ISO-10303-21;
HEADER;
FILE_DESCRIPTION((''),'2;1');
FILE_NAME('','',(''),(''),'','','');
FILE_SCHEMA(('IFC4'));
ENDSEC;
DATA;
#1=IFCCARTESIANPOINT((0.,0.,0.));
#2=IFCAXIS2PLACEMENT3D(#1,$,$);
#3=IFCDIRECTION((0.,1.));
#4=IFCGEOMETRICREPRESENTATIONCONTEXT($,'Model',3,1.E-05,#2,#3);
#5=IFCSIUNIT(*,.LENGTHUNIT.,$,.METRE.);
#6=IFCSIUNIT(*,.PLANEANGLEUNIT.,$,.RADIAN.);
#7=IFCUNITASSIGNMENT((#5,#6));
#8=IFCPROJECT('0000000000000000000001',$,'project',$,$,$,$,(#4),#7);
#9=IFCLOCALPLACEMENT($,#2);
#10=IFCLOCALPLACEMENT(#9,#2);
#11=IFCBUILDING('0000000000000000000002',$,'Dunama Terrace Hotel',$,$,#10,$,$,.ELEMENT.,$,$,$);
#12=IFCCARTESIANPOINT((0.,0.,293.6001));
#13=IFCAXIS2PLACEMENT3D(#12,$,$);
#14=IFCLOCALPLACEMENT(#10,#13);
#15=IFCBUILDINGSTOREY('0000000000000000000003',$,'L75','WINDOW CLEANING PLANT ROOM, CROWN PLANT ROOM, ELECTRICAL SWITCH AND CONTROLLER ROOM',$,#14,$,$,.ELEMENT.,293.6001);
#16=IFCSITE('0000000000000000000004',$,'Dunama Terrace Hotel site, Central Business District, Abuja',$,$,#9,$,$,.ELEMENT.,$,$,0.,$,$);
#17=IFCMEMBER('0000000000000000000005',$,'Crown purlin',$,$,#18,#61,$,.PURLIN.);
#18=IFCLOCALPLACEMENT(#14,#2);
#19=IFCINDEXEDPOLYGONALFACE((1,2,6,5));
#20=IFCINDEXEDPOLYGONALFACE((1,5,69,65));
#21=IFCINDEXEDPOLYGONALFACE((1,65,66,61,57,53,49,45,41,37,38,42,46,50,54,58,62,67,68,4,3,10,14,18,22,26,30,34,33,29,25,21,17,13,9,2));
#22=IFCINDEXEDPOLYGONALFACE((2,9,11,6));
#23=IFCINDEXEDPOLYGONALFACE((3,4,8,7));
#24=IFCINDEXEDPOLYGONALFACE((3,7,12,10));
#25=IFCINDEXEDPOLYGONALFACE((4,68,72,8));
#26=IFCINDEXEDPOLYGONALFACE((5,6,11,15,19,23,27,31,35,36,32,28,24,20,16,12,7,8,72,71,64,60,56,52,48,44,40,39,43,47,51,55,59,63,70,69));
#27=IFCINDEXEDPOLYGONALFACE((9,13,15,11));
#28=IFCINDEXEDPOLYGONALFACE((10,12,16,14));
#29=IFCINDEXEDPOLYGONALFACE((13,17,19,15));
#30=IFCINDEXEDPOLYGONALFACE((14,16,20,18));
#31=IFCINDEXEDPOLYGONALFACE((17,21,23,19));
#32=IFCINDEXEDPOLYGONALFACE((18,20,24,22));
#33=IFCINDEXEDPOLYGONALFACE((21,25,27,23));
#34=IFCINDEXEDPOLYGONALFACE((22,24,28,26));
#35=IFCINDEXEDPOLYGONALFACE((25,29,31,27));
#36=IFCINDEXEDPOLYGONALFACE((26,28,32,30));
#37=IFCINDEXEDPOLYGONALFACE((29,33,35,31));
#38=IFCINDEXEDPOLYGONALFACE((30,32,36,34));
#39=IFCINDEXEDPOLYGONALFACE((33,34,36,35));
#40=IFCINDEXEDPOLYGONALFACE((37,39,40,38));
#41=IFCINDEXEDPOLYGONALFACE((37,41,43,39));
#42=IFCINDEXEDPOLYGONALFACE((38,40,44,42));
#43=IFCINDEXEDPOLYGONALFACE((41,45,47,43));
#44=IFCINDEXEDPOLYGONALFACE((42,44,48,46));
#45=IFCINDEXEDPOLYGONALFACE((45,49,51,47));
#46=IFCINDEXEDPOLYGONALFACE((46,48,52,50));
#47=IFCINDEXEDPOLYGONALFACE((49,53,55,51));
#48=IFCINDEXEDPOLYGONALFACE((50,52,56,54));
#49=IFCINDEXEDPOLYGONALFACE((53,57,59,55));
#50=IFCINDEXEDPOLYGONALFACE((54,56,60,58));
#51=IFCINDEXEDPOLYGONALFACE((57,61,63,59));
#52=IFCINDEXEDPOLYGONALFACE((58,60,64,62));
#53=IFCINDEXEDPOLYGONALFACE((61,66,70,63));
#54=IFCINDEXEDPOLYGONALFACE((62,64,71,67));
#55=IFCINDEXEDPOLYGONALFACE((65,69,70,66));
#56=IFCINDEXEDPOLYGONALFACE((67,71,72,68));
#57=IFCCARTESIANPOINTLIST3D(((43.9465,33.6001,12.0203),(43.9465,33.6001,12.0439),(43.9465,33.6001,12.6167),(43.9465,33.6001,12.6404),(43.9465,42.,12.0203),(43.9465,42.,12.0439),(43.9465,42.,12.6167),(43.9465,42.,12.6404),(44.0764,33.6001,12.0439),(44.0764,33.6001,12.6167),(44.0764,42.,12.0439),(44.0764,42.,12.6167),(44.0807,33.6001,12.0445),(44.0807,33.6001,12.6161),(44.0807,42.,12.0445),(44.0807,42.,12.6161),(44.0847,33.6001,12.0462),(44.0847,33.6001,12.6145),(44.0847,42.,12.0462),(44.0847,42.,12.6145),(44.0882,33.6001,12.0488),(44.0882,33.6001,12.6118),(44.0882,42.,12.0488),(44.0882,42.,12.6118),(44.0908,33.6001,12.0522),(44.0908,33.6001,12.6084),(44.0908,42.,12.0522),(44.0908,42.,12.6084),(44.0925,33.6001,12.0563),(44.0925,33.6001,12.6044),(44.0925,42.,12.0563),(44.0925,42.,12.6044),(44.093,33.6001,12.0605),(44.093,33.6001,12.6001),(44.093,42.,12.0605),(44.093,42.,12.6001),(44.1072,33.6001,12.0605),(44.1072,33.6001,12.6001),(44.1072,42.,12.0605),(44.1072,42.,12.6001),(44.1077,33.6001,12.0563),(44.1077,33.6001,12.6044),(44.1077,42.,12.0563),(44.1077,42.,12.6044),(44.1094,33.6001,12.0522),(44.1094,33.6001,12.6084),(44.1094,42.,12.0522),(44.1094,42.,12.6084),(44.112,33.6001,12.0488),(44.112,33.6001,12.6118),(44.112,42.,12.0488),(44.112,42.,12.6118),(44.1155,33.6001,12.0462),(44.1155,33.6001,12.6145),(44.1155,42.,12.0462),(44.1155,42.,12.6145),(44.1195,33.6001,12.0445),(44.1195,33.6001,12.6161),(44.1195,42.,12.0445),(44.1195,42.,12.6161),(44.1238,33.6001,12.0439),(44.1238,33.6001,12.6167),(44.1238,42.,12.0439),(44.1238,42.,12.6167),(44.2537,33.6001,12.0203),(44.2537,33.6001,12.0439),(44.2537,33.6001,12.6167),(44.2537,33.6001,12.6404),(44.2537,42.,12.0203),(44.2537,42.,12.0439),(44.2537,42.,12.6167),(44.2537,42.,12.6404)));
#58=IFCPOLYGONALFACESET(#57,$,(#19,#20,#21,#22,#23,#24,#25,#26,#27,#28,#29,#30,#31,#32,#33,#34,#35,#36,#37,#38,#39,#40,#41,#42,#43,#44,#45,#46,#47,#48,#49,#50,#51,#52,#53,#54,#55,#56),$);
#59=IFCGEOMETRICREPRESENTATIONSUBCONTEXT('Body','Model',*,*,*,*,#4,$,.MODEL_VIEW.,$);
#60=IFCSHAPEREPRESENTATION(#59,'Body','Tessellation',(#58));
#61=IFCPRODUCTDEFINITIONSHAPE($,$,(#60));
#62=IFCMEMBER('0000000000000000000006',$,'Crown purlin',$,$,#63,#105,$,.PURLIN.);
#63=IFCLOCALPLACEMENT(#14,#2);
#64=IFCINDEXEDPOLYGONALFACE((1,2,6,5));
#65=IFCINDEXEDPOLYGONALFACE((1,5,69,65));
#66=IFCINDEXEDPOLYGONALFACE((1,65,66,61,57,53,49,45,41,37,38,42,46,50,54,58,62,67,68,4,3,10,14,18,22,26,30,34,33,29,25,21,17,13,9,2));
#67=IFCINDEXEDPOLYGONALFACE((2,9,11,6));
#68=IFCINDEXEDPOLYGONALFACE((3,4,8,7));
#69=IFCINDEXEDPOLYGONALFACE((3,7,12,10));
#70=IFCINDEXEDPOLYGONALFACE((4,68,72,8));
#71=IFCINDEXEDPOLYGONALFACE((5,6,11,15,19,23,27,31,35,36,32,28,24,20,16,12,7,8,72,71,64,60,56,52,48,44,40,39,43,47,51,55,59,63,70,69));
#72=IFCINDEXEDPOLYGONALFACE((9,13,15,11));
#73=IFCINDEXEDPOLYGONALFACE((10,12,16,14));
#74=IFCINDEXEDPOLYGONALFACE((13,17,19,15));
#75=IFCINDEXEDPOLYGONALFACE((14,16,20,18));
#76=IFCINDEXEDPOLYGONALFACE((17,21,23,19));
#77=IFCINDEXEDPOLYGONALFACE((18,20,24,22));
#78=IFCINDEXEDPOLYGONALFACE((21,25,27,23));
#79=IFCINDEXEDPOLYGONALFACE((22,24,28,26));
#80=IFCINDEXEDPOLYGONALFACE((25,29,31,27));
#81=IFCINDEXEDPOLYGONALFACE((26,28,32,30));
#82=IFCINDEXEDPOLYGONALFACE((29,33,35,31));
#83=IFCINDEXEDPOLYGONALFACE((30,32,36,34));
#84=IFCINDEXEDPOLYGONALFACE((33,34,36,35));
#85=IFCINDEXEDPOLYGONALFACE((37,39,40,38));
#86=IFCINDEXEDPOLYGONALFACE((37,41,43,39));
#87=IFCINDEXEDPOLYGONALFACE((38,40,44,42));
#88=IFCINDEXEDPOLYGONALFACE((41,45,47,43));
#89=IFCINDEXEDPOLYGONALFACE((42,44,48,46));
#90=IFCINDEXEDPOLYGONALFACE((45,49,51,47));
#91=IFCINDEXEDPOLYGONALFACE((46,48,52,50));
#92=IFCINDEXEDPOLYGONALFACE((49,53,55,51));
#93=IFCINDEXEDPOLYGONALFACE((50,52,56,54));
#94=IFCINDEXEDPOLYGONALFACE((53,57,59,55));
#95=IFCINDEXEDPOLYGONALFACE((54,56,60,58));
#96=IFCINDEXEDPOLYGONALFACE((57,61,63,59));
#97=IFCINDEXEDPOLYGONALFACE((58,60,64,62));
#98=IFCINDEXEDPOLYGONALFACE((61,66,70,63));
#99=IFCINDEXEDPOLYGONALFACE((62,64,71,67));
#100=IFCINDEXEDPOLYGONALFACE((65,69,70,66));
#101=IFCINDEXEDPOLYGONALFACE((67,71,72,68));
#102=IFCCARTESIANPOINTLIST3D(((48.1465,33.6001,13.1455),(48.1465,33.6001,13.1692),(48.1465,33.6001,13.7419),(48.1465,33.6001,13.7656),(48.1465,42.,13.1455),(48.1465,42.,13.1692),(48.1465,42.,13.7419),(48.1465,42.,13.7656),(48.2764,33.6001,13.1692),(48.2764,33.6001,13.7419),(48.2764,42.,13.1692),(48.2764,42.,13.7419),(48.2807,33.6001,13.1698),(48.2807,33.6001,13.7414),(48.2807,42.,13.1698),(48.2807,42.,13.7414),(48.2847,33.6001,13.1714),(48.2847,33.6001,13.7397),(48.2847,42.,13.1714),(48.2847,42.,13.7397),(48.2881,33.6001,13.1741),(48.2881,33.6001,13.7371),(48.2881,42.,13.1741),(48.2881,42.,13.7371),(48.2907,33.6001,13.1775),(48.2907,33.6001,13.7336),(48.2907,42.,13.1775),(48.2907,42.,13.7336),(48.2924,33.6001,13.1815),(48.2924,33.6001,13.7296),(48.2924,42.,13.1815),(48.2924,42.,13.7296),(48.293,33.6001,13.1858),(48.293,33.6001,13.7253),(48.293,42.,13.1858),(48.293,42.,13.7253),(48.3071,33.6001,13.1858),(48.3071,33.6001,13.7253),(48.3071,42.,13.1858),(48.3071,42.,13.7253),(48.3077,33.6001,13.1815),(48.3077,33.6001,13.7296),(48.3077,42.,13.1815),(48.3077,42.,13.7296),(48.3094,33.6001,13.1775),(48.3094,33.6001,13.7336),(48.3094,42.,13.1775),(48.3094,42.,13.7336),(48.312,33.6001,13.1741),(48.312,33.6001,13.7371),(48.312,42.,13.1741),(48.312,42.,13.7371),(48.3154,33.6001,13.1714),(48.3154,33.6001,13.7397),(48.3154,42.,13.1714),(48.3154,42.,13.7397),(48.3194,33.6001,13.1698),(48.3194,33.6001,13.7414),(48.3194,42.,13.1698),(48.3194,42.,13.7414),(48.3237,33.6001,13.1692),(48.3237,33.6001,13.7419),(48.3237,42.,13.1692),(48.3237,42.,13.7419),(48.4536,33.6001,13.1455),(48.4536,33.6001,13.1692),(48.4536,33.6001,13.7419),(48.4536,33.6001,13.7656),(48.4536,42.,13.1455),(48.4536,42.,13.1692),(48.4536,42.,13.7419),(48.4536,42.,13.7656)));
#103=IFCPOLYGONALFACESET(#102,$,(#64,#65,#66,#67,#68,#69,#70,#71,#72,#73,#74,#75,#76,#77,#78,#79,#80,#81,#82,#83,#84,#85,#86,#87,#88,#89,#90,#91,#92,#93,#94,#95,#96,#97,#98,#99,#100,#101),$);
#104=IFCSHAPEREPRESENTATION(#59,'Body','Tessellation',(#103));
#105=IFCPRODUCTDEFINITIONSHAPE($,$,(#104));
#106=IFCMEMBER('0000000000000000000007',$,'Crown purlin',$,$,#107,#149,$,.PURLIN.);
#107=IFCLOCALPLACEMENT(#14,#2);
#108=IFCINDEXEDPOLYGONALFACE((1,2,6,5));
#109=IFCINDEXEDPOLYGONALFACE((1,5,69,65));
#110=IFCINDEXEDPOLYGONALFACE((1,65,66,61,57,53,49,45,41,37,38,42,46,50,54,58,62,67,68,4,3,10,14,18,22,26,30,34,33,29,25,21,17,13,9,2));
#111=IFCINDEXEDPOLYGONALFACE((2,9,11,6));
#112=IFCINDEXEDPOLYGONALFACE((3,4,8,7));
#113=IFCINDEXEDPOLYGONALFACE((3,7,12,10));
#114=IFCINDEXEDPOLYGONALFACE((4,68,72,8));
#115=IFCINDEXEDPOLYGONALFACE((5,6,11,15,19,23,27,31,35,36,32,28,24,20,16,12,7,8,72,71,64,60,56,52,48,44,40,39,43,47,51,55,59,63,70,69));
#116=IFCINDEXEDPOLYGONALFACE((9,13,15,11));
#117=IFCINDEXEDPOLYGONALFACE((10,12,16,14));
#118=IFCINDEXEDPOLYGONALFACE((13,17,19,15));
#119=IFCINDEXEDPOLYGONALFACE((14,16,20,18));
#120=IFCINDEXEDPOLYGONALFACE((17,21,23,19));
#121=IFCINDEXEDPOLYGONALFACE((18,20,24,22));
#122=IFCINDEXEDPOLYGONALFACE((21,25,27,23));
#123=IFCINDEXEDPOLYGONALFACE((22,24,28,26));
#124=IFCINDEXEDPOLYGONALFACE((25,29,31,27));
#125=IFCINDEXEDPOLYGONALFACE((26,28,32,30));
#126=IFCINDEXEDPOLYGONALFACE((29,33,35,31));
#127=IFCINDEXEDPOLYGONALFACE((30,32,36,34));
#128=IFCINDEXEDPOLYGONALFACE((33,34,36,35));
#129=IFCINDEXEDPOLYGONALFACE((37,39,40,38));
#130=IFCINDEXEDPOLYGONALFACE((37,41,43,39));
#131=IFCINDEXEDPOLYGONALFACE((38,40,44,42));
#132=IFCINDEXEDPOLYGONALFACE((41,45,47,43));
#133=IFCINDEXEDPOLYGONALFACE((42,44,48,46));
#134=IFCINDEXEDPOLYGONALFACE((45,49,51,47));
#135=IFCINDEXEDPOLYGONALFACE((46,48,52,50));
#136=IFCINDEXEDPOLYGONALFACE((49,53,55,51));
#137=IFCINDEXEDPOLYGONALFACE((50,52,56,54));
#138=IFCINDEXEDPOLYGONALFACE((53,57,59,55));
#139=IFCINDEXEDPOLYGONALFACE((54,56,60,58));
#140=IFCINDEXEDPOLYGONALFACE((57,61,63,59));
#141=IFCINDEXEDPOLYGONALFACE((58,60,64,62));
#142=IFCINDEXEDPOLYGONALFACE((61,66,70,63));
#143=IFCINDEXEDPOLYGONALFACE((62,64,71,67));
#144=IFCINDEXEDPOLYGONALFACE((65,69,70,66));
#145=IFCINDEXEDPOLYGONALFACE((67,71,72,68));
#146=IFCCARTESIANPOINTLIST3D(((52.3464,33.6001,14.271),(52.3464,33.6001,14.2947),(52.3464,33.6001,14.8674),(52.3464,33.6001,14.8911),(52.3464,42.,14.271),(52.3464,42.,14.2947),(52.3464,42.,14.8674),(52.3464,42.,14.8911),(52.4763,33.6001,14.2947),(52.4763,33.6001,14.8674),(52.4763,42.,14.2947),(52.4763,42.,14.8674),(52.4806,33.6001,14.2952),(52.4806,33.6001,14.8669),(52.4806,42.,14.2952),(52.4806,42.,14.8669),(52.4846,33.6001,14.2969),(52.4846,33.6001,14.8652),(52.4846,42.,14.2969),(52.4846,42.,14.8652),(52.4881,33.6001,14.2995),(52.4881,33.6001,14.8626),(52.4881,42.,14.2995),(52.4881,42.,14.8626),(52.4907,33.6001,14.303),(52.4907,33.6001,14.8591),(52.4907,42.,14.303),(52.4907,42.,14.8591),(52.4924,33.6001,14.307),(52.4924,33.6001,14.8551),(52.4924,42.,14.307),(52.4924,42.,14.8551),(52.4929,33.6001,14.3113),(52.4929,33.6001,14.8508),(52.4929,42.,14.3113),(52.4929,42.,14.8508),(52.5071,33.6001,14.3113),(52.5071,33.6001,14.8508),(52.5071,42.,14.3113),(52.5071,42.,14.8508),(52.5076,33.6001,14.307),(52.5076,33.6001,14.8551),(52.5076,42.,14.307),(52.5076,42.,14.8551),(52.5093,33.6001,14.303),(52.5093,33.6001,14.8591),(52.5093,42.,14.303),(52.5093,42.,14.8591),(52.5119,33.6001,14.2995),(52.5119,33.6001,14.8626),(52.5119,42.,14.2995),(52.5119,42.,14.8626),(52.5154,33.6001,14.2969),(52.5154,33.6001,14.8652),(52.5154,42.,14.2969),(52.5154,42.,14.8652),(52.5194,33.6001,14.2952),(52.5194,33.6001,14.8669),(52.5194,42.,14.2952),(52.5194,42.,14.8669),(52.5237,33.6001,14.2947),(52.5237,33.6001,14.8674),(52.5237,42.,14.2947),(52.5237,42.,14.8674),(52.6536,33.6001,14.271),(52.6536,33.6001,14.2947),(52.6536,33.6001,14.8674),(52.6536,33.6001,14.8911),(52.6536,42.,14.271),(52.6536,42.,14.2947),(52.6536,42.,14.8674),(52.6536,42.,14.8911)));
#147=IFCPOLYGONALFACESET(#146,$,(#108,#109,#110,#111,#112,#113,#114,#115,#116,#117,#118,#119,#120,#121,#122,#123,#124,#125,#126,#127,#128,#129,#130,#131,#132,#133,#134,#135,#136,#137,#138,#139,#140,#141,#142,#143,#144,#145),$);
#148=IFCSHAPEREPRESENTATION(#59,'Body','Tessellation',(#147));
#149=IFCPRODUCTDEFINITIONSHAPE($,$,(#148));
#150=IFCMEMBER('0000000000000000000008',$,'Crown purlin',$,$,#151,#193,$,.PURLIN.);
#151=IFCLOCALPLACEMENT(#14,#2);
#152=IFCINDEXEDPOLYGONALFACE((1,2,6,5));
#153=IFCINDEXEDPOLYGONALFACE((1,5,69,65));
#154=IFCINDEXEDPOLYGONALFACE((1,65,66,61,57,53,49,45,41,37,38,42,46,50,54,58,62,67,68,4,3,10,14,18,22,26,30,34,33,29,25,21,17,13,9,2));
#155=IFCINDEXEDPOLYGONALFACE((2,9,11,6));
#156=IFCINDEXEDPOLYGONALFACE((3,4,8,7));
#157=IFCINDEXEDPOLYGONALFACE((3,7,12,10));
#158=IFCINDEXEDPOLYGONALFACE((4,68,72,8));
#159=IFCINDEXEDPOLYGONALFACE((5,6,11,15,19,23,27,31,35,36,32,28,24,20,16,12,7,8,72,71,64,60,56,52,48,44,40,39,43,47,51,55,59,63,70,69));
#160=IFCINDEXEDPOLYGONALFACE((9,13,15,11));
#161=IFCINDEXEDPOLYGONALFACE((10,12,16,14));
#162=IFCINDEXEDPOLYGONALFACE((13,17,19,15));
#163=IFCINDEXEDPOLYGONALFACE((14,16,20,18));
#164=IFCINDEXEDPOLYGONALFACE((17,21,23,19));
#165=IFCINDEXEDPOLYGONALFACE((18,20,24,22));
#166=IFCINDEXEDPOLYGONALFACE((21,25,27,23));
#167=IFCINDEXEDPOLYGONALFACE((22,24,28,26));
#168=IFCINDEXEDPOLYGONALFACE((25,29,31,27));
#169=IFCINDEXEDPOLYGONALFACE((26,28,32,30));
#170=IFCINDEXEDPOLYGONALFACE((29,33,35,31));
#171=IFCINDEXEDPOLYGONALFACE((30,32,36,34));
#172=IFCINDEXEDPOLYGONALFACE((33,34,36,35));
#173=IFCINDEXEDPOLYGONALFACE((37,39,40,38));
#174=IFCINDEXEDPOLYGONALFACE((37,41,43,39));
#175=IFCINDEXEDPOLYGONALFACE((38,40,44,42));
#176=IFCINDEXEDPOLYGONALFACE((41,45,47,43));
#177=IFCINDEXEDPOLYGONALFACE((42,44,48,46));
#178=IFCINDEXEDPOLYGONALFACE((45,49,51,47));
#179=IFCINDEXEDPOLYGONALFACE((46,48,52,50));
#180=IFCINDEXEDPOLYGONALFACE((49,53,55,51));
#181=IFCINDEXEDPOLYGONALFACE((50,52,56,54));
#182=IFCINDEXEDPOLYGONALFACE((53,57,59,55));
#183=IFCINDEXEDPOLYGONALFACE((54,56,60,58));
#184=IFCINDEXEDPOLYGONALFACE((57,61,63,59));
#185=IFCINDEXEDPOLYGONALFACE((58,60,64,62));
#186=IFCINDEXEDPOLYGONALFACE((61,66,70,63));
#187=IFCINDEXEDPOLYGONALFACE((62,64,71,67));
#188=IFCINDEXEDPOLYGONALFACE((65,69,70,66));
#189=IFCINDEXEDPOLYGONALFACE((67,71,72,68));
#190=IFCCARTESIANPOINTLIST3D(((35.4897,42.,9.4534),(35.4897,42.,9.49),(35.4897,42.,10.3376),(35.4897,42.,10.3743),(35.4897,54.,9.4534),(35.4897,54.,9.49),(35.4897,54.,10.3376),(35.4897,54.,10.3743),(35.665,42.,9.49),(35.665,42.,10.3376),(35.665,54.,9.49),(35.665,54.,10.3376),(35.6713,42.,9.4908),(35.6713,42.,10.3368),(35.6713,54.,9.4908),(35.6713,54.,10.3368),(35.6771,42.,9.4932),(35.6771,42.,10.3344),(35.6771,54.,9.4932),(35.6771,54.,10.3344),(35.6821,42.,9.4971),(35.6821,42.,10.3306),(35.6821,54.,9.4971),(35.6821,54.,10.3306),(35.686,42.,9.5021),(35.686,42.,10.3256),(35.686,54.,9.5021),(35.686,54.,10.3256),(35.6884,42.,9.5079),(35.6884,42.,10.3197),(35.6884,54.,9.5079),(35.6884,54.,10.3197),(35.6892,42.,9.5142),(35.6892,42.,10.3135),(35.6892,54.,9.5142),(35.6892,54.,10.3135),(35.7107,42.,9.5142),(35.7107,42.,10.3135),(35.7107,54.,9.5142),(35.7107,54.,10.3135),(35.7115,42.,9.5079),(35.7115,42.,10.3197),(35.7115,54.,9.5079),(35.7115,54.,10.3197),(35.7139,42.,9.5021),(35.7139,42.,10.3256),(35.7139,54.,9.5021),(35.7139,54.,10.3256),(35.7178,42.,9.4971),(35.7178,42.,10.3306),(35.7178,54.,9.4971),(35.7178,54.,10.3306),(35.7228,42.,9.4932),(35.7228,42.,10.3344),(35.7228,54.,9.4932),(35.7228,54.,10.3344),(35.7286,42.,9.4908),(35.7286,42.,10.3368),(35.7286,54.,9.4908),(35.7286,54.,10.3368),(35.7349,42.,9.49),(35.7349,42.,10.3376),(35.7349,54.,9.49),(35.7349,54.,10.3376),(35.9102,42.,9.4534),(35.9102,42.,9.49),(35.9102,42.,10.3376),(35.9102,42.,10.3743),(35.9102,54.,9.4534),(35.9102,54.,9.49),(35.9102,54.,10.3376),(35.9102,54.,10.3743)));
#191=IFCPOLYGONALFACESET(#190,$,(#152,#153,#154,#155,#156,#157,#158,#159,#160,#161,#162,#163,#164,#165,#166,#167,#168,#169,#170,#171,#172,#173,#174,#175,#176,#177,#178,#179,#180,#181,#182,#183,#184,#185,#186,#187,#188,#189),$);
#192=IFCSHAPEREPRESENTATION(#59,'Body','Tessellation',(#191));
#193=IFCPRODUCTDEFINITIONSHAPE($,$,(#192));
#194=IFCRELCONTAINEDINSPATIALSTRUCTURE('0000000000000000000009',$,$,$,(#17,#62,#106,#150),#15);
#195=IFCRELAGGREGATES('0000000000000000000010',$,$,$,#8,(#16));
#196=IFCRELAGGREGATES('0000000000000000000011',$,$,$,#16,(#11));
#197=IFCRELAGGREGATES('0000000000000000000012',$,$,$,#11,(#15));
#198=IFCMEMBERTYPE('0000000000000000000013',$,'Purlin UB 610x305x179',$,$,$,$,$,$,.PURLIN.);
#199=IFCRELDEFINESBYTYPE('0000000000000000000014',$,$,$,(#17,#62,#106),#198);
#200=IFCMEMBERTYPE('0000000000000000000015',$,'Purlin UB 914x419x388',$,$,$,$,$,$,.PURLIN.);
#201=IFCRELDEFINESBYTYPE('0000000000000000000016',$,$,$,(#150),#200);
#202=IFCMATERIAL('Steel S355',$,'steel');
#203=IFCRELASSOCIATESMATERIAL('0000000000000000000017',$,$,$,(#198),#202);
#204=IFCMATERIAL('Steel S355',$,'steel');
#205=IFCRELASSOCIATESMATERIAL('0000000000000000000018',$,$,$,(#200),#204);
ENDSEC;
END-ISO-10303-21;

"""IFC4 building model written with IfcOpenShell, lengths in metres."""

from ifc_helpers import new_model, si_unit, direction, frame, origin, origin_2d, place, context, subcontext, project, spatial, i_section, extrude, material, material_profile, profile_set, type_object, element, save


model = new_model("IFC4")

# Units and contexts
model_context = context("Model", 3, precision=1e-05, world=origin(), true_north=direction((0.0, 1.0)))
body_context = subcontext(model_context, "Body", "Model", "MODEL_VIEW")
ifc_project = project(units=[si_unit("LENGTHUNIT", "METRE"), si_unit("PLANEANGLEUNIT", "RADIAN")], contexts=[model_context])

# Site, building, storey
site_placement = place(None, origin())
site = spatial("IfcSite", under=ifc_project, at=site_placement, Name="Dunama Terrace Hotel site, Central Business District, Abuja", CompositionType="ELEMENT", RefElevation=0.0)
building_placement = place(site_placement, origin())
building = spatial("IfcBuilding", under=site, at=building_placement, Name="Dunama Terrace Hotel", CompositionType="ELEMENT")
storey_placement = place(building_placement, frame((0.0, 0.0, 293.6001)))
storey = spatial("IfcBuildingStorey", under=building, at=storey_placement, Name="L75", Description="WINDOW CLEANING PLANT ROOM, CROWN PLANT ROOM, ELECTRICAL SWITCH AND CONTROLLER ROOM", CompositionType="ELEMENT", Elevation=293.6001)

# Members
ifc_material_1 = material(Name="Steel S355", Category="steel")
ifc_material_profile_1 = material_profile(ifc_material_1, i_section(OverallWidth=0.3071, OverallDepth=0.6201, WebThickness=0.0142, FlangeThickness=0.0237, FilletRadius=0.0166, at=origin_2d()), Name="UB 610x305x179")
ifc_profile_set_1 = profile_set([ifc_material_profile_1], Name="Steel S355")
member_type_1 = type_object("IfcMemberType", Name="Purlin UB 610x305x179", PredefinedType="PURLIN", material=ifc_profile_set_1)
for number, where, z_axis, x_axis, name in (
    (1, (44.1001, 33.6001, 12.3303), (0.0, 1.0, 0.0), (-1.0, 0.0, 0.0), "Crown purlin"),
    (2, (48.3, 33.6001, 13.4556), (0.0, 1.0, 0.0), (-1.0, 0.0, 0.0), "Crown purlin"),
    (3, (52.5, 33.6001, 14.5811), (0.0, 1.0, 0.0), (-1.0, 0.0, 0.0), "Crown purlin"),
):
    element("IfcMember", number, at=place(storey_placement, frame(where, z_axis=z_axis, x_axis=x_axis)), inside=storey, type_object=member_type_1, Name=name, PredefinedType="PURLIN", context=body_context, shape_type="SweptSolid", body=[
        extrude(i_section(OverallWidth=0.3071, OverallDepth=0.6201, WebThickness=0.0142, FlangeThickness=0.0237, FilletRadius=0.0166, at=origin_2d()), origin(), (0.0, 0.0, 1.0), 8.3999),
    ])
ifc_material_2 = material(Name="Steel S355", Category="steel")
ifc_material_profile_2 = material_profile(ifc_material_2, i_section(OverallWidth=0.4204, OverallDepth=0.9209, WebThickness=0.0215, FlangeThickness=0.0366, FilletRadius=0.0242, at=origin_2d()), Name="UB 914x419x388")
ifc_profile_set_2 = profile_set([ifc_material_profile_2], Name="Steel S355")
member_type_2 = type_object("IfcMemberType", Name="Purlin UB 914x419x388", PredefinedType="PURLIN", material=ifc_profile_set_2)
member_1_placement = place(storey_placement, frame((35.7, 42.0, 9.9138), z_axis=(0.0, 1.0, 0.0), x_axis=(-1.0, 0.0, 0.0)))
element("IfcMember", 4, at=member_1_placement, inside=storey, type_object=member_type_2, Name="Crown purlin", PredefinedType="PURLIN", context=body_context, shape_type="SweptSolid", body=[
    extrude(i_section(OverallWidth=0.4204, OverallDepth=0.9209, WebThickness=0.0215, FlangeThickness=0.0366, FilletRadius=0.0242, at=origin_2d()), origin(), (0.0, 0.0, 1.0), 12.0),
])

save(model, "model.ifc")
